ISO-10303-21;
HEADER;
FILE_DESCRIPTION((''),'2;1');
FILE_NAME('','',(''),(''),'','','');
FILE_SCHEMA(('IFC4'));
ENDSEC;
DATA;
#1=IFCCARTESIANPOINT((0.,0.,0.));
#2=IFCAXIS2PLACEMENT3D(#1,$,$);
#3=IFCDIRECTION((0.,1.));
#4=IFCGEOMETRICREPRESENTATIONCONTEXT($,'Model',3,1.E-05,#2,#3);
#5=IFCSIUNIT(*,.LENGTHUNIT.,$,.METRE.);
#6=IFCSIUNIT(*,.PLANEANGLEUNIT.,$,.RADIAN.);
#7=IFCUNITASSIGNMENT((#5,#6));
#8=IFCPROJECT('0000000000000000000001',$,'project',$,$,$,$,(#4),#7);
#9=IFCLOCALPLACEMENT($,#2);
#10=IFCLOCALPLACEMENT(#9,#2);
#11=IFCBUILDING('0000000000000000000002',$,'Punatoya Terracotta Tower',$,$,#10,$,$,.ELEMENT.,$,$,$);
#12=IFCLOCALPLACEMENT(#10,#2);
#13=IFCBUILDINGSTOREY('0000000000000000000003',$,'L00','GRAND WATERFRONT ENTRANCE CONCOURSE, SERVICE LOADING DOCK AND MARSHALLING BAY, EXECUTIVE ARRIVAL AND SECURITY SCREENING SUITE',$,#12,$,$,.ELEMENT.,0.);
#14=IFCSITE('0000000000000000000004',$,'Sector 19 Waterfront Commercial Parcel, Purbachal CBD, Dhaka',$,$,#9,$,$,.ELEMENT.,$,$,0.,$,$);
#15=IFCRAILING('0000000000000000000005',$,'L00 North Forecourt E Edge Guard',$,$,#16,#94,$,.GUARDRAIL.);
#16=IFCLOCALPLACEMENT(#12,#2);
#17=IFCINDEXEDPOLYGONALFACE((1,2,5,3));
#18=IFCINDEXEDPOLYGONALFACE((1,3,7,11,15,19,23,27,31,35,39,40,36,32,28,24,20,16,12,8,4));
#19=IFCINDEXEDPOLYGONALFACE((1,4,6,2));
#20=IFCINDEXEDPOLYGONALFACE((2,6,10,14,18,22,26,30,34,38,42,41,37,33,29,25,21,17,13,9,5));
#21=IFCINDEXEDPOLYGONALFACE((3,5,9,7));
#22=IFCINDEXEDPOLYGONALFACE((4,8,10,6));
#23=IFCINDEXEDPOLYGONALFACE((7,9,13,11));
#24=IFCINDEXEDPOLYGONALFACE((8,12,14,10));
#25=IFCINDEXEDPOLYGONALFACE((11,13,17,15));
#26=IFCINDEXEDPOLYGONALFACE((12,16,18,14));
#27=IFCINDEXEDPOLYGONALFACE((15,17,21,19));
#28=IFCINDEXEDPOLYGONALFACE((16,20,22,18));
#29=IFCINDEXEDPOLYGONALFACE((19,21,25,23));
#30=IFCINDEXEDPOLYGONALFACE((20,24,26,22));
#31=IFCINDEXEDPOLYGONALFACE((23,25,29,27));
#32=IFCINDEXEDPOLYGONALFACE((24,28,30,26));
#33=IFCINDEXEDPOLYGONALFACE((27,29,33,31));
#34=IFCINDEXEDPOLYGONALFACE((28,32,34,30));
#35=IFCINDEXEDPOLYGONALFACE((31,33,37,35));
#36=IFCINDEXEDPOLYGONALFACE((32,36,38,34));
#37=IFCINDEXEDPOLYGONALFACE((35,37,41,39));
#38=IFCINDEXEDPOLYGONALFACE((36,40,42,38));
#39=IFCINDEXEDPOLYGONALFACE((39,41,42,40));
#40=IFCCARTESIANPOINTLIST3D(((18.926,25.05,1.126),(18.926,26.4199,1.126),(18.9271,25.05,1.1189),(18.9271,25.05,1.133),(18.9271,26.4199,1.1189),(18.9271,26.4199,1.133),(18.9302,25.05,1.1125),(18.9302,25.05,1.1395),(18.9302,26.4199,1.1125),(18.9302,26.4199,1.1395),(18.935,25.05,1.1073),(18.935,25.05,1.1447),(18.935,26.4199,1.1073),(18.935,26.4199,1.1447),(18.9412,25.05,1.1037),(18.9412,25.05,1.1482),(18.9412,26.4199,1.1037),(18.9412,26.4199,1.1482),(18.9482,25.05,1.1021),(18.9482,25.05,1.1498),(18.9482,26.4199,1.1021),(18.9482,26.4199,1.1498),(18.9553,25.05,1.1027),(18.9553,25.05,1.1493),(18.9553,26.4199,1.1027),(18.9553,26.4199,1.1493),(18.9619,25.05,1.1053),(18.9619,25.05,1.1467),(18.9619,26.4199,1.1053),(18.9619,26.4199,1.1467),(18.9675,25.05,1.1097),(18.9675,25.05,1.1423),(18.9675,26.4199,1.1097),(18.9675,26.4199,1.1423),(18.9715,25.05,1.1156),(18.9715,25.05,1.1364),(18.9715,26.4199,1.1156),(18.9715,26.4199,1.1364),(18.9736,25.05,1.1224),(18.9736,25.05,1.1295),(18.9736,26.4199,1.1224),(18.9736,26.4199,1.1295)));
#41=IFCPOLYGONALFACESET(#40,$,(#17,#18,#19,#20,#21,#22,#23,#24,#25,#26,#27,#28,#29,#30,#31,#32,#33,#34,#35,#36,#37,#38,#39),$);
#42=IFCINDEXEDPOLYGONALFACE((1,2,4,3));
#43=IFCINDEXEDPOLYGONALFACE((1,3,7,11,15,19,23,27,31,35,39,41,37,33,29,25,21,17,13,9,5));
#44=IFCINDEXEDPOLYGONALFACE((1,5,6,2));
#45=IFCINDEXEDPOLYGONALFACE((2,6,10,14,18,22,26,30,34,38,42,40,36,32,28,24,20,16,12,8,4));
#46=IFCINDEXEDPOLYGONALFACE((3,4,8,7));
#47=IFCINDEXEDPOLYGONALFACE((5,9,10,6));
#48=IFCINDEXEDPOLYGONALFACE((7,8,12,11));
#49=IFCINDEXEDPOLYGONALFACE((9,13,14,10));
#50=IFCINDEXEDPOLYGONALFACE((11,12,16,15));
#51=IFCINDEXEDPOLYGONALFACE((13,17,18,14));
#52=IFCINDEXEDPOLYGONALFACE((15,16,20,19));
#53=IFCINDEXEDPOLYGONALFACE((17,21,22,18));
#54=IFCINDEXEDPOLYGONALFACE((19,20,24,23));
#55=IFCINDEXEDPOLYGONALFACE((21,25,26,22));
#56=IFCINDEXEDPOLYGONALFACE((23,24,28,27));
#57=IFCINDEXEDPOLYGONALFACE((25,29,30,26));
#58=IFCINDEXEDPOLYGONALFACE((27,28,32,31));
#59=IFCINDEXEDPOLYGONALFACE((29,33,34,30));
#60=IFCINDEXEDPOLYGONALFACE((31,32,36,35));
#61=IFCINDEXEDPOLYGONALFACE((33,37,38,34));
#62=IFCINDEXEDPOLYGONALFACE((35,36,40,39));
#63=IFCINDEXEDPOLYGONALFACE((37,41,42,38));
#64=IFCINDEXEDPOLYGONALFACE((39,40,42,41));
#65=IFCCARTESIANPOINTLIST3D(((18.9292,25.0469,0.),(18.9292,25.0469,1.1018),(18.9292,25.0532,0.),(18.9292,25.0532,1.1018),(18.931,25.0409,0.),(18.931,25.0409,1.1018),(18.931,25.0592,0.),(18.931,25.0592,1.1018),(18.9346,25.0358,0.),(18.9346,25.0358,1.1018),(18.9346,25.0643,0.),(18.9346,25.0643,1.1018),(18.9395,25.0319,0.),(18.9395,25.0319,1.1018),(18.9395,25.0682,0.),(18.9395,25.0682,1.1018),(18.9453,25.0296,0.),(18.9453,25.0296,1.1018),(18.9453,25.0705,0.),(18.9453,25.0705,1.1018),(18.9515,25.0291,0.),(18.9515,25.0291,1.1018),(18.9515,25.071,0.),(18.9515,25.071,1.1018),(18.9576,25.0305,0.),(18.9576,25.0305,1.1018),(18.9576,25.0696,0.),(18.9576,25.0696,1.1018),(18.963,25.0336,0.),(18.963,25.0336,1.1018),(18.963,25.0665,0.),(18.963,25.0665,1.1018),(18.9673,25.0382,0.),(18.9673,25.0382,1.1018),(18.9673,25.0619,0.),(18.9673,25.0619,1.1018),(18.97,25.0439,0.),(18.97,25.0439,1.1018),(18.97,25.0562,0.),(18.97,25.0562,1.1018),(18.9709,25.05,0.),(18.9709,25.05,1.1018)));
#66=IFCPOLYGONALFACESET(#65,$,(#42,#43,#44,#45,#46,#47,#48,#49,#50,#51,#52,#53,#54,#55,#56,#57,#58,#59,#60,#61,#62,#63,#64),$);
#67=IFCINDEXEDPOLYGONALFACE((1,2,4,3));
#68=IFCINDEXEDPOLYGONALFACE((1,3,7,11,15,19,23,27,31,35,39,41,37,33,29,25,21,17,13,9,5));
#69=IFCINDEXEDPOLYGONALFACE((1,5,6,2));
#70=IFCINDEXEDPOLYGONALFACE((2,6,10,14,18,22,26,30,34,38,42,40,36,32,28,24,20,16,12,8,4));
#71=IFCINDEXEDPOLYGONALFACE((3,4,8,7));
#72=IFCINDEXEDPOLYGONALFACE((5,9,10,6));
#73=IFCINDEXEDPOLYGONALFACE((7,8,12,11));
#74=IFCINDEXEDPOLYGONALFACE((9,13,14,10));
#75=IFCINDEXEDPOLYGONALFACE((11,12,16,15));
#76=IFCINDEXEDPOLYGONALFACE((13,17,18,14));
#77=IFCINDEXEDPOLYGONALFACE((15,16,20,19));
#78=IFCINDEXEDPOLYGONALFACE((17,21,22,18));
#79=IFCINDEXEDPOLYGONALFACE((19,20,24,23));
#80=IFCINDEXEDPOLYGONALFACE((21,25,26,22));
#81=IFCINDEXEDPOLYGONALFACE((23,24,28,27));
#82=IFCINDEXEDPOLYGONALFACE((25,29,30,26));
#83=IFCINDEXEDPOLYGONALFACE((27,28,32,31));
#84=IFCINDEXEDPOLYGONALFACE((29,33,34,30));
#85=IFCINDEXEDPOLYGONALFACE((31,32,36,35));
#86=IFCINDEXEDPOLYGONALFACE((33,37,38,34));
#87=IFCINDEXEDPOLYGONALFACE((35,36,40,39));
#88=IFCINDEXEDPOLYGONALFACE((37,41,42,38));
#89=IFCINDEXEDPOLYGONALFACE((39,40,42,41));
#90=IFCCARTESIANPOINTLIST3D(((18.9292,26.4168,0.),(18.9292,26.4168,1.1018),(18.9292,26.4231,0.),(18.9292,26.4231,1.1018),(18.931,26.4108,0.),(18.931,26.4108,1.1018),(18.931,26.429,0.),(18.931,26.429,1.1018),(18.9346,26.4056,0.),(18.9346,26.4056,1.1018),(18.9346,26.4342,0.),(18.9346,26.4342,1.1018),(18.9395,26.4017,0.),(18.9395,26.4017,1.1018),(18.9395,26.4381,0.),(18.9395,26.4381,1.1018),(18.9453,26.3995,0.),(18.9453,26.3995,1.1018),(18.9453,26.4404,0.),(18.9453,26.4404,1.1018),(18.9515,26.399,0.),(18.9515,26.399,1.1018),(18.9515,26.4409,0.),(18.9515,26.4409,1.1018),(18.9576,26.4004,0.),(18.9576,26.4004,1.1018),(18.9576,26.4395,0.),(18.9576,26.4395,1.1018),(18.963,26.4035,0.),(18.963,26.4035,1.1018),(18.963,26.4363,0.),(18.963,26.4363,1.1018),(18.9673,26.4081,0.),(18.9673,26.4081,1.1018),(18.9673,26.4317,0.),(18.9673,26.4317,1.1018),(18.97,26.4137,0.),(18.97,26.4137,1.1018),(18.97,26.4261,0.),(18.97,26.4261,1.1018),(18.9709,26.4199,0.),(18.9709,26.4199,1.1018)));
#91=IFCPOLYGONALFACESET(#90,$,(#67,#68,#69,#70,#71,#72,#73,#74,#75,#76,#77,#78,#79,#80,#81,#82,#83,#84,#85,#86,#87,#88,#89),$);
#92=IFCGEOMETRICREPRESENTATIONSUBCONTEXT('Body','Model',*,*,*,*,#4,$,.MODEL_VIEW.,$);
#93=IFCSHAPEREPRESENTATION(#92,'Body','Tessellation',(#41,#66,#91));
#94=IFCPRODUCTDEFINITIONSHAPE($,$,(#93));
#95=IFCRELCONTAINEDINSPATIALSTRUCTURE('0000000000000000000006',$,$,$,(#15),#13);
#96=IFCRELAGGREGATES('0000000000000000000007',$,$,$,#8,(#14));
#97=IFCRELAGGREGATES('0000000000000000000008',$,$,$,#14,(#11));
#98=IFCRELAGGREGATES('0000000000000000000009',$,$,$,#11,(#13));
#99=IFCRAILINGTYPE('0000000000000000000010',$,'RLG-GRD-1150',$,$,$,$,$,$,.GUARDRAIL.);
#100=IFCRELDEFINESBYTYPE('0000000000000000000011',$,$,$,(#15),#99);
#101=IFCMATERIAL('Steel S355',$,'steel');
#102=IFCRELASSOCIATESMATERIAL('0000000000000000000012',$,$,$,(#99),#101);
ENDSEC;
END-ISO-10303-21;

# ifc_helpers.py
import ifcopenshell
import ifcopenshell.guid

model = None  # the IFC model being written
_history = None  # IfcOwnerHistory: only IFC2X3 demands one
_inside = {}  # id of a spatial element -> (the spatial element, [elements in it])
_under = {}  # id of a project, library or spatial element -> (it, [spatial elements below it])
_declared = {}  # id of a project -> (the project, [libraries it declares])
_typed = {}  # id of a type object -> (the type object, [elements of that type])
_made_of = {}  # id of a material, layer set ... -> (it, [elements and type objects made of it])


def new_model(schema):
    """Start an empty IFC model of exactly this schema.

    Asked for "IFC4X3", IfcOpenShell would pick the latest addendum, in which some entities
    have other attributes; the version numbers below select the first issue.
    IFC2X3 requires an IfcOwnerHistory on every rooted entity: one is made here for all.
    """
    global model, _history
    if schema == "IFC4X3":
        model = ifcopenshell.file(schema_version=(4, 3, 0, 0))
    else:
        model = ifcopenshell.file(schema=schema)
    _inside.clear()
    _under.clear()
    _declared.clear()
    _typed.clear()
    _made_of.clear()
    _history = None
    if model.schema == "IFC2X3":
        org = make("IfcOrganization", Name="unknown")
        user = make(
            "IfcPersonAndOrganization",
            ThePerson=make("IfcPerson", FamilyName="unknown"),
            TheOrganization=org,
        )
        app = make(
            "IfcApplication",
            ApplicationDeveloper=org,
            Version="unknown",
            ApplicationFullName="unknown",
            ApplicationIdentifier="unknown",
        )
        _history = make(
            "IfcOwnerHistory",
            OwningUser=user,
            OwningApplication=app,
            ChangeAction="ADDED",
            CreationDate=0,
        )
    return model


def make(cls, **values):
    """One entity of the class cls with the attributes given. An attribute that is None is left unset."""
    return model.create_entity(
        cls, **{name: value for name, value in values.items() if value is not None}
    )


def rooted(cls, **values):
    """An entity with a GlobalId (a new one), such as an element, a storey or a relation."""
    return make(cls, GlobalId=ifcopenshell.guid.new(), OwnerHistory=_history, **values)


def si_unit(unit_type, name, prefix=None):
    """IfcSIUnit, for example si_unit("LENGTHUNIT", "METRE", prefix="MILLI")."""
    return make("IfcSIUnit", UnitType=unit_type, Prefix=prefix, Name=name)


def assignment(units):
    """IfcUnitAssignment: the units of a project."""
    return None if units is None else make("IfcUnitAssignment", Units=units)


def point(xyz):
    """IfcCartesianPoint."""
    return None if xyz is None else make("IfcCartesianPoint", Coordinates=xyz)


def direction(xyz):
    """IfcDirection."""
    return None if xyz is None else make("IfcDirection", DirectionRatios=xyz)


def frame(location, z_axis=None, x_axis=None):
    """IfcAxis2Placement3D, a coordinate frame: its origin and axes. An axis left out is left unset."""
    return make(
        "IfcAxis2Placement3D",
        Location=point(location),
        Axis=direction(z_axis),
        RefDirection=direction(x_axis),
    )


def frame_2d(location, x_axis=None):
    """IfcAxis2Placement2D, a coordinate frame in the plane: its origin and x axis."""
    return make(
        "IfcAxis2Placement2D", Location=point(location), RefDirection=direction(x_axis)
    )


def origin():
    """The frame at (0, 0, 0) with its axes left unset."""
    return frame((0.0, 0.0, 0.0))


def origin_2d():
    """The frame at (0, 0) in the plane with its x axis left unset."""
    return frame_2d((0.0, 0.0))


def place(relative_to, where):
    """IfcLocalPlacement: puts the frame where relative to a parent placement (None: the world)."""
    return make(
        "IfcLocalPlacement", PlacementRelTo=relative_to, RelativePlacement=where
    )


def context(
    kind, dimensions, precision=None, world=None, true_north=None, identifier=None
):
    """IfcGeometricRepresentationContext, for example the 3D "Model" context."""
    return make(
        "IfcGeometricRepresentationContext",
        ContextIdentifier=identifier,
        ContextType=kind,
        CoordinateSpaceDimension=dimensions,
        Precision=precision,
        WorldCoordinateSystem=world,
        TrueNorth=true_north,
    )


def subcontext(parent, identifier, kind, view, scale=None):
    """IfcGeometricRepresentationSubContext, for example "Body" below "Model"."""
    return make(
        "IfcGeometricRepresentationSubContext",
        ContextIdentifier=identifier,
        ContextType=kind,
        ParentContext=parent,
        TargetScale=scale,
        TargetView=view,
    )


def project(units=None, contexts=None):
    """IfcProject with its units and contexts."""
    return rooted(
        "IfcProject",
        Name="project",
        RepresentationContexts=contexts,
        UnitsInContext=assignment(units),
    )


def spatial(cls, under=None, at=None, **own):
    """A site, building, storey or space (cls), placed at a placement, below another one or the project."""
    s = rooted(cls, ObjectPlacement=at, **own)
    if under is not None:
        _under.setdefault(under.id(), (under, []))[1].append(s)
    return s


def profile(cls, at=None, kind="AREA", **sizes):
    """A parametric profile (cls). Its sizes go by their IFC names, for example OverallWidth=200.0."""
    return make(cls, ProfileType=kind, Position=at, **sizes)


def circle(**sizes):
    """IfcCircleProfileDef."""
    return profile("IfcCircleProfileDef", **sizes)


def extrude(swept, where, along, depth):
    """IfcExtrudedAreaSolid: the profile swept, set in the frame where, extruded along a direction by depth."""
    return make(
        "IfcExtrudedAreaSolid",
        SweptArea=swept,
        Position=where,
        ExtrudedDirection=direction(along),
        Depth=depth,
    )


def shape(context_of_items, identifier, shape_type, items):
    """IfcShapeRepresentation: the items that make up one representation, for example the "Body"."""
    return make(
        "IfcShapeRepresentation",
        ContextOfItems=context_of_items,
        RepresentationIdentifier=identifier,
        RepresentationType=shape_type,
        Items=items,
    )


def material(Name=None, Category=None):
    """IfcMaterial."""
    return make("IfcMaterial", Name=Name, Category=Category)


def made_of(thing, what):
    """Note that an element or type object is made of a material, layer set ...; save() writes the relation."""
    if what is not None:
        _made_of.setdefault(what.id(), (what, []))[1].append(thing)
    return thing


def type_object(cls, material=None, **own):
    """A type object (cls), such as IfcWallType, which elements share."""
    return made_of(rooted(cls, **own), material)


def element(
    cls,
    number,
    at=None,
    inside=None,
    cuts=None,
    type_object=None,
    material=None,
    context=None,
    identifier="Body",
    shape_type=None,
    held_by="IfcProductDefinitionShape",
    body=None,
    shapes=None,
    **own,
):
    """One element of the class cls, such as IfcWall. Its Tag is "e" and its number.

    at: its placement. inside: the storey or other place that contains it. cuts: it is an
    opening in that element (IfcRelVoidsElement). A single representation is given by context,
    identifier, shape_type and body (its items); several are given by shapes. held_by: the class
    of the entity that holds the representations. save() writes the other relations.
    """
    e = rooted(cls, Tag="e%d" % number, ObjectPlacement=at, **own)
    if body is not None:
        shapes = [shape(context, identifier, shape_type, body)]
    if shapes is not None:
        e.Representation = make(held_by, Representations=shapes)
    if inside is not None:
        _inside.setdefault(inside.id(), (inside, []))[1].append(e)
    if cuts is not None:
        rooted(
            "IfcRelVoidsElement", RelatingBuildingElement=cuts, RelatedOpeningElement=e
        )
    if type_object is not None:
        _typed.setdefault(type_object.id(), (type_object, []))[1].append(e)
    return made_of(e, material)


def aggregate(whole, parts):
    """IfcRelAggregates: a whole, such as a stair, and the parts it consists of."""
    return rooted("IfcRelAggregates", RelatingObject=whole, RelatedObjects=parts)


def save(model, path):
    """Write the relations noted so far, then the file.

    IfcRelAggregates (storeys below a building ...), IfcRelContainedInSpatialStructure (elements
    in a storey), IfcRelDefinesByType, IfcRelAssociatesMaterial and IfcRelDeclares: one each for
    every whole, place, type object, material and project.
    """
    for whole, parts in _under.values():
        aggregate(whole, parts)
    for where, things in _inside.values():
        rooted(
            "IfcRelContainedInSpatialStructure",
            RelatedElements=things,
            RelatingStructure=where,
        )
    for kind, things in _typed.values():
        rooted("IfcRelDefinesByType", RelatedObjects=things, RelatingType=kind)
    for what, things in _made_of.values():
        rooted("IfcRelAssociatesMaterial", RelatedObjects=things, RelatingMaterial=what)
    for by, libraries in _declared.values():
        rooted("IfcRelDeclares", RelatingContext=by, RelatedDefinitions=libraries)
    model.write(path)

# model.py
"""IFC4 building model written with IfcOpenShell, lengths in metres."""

from ifc_helpers import new_model, si_unit, direction, frame, origin, origin_2d, place, context, subcontext, project, spatial, circle, extrude, material, type_object, element, save


model = new_model("IFC4")

# Units and contexts
model_context = context("Model", 3, precision=1e-05, world=origin(), true_north=direction((0.0, 1.0)))
body_context = subcontext(model_context, "Body", "Model", "MODEL_VIEW")
ifc_project = project(units=[si_unit("LENGTHUNIT", "METRE"), si_unit("PLANEANGLEUNIT", "RADIAN")], contexts=[model_context])

# Site, building, storey
site_placement = place(None, origin())
site = spatial("IfcSite", under=ifc_project, at=site_placement, Name="Sector 19 Waterfront Commercial Parcel, Purbachal CBD, Dhaka", CompositionType="ELEMENT", RefElevation=0.0)
building_placement = place(site_placement, origin())
building = spatial("IfcBuilding", under=site, at=building_placement, Name="Punatoya Terracotta Tower", CompositionType="ELEMENT")
storey_placement = place(building_placement, origin())
storey = spatial("IfcBuildingStorey", under=building, at=storey_placement, Name="L00", Description="GRAND WATERFRONT ENTRANCE CONCOURSE, SERVICE LOADING DOCK AND MARSHALLING BAY, EXECUTIVE ARRIVAL AND SECURITY SCREENING SUITE", CompositionType="ELEMENT", Elevation=0.0)

# Shared definitions
ifc_material_1 = material(Name="Steel S355", Category="steel")

# Railing
railing_type_1 = type_object("IfcRailingType", Name="RLG-GRD-1150", PredefinedType="GUARDRAIL", material=ifc_material_1)
railing_placement = place(storey_placement, frame((18.95, 25.05, 0.0)))
element("IfcRailing", 1, at=railing_placement, inside=storey, type_object=railing_type_1, Name="L00 North Forecourt E Edge Guard", PredefinedType="GUARDRAIL", context=body_context, shape_type="SweptSolid", body=[
    extrude(circle(Radius=0.0239, at=origin_2d()), frame((0.0, 0.0, 1.126), z_axis=(0.0, 1.0, 0.0), x_axis=(-1.0, 0.0, 0.0)), (0.0, 0.0, 1.0), 1.3699),
    extrude(circle(Radius=0.021, at=origin_2d()), origin(), (0.0, 0.0, 1.0), 1.1018),
    extrude(circle(Radius=0.021, at=origin_2d()), frame((0.0, 1.3699, 0.0)), (0.0, 0.0, 1.0), 1.1018),
])

save(model, "model.ifc")
